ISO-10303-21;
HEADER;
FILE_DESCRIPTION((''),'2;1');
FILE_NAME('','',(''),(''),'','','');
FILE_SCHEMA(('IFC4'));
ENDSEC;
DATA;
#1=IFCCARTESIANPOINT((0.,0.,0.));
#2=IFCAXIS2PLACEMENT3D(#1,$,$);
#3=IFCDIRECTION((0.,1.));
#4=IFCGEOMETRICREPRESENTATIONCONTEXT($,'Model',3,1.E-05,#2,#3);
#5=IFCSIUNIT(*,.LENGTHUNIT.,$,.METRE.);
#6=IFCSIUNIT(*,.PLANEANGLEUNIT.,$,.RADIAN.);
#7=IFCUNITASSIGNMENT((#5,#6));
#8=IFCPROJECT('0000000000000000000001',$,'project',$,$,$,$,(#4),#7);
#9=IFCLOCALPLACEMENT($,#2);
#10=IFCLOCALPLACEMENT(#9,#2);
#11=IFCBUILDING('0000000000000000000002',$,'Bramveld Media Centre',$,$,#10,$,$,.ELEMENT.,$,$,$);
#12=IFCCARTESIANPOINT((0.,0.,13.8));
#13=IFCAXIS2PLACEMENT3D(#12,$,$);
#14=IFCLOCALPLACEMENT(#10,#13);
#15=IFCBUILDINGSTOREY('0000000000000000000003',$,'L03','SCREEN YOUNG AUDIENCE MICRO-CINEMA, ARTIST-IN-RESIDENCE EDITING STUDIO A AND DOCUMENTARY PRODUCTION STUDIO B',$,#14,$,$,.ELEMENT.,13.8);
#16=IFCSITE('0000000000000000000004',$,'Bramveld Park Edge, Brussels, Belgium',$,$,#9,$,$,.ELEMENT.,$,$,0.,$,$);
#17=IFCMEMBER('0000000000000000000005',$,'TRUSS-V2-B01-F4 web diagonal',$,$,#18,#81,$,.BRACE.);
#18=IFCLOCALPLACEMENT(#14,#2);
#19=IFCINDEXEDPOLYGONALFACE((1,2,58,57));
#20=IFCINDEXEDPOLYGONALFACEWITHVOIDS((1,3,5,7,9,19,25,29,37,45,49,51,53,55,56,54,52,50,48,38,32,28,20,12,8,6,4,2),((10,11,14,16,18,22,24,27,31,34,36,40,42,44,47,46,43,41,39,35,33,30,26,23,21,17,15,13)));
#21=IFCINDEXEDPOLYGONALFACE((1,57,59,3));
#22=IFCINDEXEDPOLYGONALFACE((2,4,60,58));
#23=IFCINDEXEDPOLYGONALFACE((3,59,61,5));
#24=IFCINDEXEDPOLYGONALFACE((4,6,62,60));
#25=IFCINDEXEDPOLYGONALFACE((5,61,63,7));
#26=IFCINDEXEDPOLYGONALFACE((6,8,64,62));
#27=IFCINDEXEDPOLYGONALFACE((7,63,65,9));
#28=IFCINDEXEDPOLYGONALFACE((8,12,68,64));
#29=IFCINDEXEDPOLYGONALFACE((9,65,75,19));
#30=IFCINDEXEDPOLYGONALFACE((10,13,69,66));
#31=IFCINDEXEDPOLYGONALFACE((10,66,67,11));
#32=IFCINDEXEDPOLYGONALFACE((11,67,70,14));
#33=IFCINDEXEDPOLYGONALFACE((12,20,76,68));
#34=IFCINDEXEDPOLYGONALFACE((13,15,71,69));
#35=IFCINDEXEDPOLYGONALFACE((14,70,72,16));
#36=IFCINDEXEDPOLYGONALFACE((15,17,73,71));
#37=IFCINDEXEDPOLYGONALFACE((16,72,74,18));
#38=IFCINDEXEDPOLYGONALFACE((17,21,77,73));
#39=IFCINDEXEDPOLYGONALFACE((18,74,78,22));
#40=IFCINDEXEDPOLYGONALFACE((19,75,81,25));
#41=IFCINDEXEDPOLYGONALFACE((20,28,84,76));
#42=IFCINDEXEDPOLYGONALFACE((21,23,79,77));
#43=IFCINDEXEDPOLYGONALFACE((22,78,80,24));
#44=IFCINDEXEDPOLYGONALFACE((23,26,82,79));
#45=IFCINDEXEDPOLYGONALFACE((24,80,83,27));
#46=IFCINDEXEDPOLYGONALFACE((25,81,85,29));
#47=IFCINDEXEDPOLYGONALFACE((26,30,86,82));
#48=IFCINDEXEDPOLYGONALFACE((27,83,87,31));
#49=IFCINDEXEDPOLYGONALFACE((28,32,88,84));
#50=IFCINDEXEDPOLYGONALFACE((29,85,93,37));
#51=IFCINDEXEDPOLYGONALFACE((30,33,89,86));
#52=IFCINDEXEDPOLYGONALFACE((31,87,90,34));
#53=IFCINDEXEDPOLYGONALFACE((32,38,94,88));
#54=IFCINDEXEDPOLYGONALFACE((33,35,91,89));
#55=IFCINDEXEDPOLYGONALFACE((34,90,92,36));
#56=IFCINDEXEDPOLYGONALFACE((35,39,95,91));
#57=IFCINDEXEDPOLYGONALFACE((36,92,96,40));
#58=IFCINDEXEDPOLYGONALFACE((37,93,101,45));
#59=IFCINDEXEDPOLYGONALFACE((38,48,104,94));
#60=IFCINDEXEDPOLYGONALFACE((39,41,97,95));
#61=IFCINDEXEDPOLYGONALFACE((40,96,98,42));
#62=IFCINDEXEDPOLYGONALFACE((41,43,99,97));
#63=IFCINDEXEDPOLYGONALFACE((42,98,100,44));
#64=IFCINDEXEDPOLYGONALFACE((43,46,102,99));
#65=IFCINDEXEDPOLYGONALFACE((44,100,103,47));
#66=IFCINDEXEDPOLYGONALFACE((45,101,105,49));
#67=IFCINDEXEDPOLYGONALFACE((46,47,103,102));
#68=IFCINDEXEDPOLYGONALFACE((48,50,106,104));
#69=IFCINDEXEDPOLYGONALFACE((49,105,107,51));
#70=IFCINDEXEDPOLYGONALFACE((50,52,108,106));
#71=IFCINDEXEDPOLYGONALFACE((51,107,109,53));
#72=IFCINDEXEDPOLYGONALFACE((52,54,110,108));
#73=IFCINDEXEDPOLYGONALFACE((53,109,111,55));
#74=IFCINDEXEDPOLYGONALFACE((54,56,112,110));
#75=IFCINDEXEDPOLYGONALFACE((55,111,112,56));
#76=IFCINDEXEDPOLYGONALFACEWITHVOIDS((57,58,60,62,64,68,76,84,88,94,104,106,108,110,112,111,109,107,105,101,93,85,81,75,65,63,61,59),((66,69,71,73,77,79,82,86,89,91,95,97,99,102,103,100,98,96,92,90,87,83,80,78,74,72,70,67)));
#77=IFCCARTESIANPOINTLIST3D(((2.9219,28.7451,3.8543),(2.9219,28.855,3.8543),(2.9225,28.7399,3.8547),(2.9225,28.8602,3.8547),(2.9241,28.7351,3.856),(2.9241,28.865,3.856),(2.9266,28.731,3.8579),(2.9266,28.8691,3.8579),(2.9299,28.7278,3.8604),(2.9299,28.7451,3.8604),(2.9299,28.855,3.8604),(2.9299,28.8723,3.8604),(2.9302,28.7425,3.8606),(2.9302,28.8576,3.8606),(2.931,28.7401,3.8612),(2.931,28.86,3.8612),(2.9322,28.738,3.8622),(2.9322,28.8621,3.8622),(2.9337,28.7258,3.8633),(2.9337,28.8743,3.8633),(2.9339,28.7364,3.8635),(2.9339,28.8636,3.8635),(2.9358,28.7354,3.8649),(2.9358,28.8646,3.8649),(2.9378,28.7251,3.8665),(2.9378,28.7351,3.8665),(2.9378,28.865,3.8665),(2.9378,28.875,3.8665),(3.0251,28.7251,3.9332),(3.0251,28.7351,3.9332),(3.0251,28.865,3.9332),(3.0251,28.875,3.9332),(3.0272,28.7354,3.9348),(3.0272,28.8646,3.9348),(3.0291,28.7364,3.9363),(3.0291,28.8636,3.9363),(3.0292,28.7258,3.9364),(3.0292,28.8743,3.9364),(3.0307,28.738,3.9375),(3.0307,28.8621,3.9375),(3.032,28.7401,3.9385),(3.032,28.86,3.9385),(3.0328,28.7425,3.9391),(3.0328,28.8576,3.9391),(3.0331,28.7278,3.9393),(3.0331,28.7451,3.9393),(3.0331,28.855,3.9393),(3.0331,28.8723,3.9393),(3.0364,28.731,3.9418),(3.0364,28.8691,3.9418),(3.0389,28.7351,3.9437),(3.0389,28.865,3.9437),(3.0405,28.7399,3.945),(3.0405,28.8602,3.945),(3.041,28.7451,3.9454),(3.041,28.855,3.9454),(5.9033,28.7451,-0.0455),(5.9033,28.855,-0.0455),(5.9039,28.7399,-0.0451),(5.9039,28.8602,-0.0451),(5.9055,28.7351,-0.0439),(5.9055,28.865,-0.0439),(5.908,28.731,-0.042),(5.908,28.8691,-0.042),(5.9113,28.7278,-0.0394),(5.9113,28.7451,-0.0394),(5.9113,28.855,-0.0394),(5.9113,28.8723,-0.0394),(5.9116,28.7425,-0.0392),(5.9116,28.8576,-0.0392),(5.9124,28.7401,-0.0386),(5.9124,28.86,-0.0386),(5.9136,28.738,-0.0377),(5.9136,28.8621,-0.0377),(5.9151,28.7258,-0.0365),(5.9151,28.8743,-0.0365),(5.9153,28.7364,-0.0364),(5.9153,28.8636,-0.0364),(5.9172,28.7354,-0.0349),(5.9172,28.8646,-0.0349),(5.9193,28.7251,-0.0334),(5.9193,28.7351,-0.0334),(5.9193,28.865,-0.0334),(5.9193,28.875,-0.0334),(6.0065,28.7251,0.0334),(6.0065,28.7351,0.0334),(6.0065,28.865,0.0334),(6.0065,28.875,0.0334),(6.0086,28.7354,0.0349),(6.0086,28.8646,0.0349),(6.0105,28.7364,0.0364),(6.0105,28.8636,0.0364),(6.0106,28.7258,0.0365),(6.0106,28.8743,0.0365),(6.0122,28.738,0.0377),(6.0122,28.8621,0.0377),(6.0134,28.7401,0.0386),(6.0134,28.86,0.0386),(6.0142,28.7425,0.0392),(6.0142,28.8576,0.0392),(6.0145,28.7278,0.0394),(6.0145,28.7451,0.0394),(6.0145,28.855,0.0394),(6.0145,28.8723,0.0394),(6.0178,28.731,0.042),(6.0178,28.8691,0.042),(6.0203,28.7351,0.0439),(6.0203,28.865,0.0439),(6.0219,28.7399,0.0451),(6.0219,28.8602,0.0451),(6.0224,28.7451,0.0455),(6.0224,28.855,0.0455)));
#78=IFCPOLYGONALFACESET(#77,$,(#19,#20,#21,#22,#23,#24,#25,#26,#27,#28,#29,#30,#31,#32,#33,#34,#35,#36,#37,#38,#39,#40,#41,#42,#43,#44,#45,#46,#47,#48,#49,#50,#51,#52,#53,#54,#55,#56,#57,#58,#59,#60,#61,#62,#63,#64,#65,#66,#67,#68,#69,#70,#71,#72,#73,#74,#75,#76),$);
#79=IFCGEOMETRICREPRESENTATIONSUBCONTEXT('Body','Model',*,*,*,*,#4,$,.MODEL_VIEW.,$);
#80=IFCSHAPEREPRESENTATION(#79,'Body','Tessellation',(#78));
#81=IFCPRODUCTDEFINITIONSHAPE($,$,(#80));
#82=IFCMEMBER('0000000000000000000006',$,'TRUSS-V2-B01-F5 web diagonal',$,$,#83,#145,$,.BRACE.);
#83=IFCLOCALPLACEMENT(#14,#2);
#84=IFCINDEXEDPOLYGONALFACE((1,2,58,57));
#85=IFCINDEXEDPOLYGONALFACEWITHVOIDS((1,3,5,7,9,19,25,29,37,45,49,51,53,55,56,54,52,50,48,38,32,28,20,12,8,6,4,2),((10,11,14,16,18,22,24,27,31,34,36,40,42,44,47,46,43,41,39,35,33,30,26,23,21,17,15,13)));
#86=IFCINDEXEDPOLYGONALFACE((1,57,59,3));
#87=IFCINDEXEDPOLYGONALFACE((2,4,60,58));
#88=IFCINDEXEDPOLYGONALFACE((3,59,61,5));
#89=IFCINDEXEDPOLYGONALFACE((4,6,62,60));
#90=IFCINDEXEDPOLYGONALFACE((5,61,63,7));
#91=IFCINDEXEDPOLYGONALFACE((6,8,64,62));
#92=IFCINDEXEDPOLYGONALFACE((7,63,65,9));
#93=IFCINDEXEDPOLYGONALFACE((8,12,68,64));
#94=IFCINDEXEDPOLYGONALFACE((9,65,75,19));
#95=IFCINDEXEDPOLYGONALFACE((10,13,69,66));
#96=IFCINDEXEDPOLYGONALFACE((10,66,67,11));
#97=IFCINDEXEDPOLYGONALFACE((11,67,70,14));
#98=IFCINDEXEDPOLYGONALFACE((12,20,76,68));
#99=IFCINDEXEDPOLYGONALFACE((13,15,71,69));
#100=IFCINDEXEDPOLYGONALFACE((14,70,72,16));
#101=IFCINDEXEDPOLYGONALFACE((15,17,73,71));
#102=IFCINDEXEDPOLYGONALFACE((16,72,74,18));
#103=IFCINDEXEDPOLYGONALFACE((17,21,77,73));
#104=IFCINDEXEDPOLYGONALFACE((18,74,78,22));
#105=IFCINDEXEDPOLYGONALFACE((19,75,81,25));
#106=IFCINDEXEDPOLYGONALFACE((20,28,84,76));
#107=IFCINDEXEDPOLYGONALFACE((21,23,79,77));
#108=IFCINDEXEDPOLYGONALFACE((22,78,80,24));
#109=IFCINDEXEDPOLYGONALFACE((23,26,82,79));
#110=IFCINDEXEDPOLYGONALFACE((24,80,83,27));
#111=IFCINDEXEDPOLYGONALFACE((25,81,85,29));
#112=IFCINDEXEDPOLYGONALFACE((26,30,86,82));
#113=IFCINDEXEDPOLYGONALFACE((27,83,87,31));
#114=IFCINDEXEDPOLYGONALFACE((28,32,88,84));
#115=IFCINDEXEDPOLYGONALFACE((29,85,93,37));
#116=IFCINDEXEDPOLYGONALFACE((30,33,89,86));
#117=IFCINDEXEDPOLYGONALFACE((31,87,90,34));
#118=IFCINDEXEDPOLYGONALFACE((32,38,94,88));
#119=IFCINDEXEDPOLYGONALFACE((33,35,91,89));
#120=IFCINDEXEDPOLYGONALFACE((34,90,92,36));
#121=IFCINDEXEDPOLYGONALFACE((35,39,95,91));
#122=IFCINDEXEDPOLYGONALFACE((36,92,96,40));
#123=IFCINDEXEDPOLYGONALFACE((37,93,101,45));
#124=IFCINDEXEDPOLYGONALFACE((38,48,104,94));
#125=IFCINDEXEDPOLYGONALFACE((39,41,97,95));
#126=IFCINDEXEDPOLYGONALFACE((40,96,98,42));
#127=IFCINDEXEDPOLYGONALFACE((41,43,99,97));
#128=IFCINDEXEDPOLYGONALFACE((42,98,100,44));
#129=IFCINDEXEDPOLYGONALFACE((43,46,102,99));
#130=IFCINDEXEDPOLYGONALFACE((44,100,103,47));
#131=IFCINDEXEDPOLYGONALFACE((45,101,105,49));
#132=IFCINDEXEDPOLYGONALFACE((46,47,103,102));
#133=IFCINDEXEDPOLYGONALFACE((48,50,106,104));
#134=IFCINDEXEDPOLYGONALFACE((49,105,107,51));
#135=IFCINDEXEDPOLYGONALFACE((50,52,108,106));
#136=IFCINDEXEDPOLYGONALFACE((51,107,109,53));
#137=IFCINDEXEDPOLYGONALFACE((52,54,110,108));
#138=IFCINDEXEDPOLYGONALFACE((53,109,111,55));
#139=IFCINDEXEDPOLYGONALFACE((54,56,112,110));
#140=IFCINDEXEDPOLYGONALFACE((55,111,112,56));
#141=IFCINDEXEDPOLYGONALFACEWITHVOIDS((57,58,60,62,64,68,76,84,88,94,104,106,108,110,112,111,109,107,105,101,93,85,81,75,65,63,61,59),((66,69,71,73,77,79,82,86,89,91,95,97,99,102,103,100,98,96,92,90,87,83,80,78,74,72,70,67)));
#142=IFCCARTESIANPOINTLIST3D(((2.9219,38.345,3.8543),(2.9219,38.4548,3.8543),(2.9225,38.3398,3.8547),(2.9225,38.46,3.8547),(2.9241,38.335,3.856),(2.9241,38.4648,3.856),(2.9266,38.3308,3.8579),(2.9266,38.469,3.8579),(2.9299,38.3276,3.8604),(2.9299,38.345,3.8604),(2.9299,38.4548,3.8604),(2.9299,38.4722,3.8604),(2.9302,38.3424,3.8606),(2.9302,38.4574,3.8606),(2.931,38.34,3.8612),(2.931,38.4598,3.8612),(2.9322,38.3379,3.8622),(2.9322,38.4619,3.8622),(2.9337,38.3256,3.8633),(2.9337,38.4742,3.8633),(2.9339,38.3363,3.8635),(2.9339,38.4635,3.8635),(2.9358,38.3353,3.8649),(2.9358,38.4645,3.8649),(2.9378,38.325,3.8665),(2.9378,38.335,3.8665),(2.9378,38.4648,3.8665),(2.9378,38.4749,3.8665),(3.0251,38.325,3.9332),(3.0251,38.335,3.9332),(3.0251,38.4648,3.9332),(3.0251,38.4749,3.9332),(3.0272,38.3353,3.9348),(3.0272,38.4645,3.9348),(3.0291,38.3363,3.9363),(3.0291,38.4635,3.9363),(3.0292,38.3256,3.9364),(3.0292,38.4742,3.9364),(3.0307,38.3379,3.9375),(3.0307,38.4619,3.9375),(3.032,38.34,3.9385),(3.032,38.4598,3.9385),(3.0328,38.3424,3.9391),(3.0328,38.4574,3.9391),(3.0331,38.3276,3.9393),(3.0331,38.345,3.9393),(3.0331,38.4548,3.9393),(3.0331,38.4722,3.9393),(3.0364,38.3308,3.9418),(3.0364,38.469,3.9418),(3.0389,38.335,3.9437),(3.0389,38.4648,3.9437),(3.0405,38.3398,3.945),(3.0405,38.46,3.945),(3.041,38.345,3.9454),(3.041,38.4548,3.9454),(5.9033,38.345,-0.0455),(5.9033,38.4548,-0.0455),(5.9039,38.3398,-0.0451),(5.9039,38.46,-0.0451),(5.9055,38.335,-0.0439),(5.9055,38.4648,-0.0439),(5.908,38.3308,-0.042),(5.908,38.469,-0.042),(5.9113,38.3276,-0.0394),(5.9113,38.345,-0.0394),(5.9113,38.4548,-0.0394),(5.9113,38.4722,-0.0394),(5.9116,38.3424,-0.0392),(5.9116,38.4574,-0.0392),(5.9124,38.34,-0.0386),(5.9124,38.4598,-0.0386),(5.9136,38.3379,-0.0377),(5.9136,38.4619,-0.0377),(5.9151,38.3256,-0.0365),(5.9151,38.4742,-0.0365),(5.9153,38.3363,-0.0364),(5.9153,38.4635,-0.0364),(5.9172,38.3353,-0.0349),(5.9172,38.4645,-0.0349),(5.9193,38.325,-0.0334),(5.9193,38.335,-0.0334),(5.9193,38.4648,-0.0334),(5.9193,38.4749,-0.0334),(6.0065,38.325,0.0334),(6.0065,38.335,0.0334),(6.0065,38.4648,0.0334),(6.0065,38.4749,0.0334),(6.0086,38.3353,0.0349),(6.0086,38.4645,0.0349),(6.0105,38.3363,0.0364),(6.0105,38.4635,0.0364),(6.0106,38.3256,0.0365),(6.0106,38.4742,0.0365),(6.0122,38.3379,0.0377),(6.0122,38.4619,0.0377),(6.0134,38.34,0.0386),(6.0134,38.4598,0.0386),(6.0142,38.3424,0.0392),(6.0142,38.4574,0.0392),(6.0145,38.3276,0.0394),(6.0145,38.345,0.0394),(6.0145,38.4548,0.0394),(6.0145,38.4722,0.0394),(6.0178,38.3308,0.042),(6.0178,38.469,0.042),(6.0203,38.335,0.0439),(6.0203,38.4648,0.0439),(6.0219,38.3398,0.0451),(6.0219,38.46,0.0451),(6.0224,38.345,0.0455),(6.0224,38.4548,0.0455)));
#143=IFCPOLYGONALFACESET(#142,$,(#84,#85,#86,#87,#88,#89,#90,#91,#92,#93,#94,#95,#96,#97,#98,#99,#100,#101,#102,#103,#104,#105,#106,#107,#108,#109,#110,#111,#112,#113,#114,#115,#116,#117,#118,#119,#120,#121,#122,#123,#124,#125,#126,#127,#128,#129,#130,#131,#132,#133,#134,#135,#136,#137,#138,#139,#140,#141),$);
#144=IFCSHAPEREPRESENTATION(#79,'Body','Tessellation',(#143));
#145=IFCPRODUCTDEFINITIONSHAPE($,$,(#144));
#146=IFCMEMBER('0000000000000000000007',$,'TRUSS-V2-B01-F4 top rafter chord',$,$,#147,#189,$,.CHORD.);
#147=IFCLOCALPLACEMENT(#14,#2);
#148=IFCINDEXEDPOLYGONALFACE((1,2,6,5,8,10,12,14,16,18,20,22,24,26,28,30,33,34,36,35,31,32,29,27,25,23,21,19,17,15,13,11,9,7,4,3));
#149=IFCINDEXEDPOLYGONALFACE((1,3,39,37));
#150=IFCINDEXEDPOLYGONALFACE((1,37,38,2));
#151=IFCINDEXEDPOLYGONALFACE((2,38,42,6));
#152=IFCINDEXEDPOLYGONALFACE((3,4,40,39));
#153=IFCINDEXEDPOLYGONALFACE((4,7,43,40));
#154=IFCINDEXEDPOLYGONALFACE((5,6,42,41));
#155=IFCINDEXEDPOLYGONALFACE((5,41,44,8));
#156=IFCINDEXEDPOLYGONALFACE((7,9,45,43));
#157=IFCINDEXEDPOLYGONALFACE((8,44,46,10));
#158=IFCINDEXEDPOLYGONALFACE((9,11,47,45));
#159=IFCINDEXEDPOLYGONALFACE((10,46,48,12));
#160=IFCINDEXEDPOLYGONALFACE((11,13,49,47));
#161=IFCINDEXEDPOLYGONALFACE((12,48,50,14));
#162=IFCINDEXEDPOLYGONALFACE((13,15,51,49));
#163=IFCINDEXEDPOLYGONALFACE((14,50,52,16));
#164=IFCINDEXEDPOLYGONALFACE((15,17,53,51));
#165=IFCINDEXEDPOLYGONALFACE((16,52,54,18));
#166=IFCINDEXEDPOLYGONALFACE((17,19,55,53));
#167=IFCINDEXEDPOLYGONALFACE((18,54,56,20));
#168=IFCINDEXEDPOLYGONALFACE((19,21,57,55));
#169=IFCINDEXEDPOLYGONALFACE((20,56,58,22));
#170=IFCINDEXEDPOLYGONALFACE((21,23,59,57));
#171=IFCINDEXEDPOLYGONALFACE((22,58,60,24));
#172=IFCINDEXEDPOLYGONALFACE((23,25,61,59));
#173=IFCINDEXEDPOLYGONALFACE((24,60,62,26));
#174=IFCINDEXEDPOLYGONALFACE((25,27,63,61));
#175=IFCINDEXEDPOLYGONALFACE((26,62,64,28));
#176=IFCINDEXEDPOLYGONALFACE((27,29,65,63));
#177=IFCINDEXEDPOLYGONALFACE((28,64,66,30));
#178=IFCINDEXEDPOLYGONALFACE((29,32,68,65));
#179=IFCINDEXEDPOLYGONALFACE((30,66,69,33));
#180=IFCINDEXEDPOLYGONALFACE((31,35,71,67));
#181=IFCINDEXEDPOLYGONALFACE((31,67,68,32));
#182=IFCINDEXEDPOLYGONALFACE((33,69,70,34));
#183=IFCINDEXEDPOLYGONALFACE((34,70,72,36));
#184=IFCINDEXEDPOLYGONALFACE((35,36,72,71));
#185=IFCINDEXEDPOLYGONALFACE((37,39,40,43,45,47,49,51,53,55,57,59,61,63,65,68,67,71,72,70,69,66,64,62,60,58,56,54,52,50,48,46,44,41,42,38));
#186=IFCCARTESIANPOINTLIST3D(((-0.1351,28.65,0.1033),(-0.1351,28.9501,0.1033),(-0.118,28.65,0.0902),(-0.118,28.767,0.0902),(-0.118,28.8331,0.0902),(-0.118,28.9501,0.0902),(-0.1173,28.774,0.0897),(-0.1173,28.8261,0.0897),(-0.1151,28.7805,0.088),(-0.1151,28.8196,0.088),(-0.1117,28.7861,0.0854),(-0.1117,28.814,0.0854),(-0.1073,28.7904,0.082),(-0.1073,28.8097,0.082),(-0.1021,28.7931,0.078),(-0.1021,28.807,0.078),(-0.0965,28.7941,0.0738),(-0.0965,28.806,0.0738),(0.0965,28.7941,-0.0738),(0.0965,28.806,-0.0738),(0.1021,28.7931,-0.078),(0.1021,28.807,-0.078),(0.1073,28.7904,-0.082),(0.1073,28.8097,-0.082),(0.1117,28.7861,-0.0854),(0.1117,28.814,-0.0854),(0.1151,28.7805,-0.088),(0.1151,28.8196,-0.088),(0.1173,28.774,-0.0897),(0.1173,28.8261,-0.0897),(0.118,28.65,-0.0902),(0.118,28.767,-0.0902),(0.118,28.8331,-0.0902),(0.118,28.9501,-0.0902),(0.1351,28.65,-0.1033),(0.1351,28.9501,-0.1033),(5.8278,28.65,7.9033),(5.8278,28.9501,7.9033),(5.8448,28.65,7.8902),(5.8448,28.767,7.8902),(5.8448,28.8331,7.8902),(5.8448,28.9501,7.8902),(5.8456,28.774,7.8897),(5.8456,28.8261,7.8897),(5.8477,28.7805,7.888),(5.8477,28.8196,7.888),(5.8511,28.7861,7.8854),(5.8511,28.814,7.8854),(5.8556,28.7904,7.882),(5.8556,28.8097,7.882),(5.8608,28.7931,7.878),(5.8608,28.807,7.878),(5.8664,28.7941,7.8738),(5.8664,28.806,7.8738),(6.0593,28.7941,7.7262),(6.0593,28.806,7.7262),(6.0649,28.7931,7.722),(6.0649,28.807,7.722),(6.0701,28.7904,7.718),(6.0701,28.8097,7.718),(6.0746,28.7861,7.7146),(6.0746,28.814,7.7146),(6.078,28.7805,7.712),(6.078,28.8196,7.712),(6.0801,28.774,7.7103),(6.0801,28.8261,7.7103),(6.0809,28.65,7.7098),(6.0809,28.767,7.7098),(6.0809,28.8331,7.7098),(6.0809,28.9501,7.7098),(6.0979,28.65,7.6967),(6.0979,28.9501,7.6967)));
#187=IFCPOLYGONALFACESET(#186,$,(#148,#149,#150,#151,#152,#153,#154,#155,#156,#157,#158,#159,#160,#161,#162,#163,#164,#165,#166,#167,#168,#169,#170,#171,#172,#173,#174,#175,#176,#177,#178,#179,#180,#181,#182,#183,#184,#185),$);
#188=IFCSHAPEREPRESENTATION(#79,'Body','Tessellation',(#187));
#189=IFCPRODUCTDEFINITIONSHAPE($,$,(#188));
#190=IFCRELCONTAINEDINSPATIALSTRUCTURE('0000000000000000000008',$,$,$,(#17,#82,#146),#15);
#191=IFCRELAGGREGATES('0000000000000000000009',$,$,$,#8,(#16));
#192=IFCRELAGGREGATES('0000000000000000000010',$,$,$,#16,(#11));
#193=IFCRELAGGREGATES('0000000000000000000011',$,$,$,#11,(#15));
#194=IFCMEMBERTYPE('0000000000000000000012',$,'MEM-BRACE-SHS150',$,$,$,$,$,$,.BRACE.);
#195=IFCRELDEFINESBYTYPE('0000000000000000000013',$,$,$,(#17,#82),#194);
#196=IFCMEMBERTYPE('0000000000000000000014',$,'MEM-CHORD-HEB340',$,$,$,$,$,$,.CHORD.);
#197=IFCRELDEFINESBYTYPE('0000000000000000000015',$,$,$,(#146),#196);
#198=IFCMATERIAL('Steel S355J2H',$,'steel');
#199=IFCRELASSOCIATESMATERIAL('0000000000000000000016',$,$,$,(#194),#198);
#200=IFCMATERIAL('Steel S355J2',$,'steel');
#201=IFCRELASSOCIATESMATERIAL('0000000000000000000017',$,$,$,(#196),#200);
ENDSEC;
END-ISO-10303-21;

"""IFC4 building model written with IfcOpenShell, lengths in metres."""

from ifc_helpers import new_model, si_unit, direction, frame, origin, origin_2d, place, context, subcontext, project, spatial, hollow_rectangle, i_section, extrude, material, material_profile, profile_set, type_object, element, save


model = new_model("IFC4")

# Units and contexts
model_context = context("Model", 3, precision=1e-05, world=origin(), true_north=direction((0.0, 1.0)))
body_context = subcontext(model_context, "Body", "Model", "MODEL_VIEW")
ifc_project = project(units=[si_unit("LENGTHUNIT", "METRE"), si_unit("PLANEANGLEUNIT", "RADIAN")], contexts=[model_context])

# Site, building, storey
site_placement = place(None, origin())
site = spatial("IfcSite", under=ifc_project, at=site_placement, Name="Bramveld Park Edge, Brussels, Belgium", CompositionType="ELEMENT", RefElevation=0.0)
building_placement = place(site_placement, origin())
building = spatial("IfcBuilding", under=site, at=building_placement, Name="Bramveld Media Centre", CompositionType="ELEMENT")
storey_placement = place(building_placement, frame((0.0, 0.0, 13.8)))
storey = spatial("IfcBuildingStorey", under=building, at=storey_placement, Name="L03", Description="SCREEN YOUNG AUDIENCE MICRO-CINEMA, ARTIST-IN-RESIDENCE EDITING STUDIO A AND DOCUMENTARY PRODUCTION STUDIO B", CompositionType="ELEMENT", Elevation=13.8)

# Members
ifc_material_1 = material(Name="Steel S355J2H", Category="steel")
ifc_material_profile_1 = material_profile(ifc_material_1, hollow_rectangle(XDim=0.1499, YDim=0.1499, WallThickness=0.01, InnerFilletRadius=0.01, OuterFilletRadius=0.02, at=origin_2d()), Name="SHS 150x150x10")
ifc_profile_set_1 = profile_set([ifc_material_profile_1], Name="Steel S355J2H")
member_type_1 = type_object("IfcMemberType", Name="MEM-BRACE-SHS150", PredefinedType="BRACE", material=ifc_profile_set_1)
for number, where, z_axis, x_axis, name in (
    (1, (5.9629, 28.8, 0.0), (-0.607343, 0.0, 0.79444), (0.0, -1.0, 0.0), "TRUSS-V2-B01-F4 web diagonal"),
    (2, (5.9629, 38.3999, 0.0), (-0.607343, 0.0, 0.79444), (0.0, -1.0, 0.0), "TRUSS-V2-B01-F5 web diagonal"),
):
    element("IfcMember", number, at=place(storey_placement, frame(where, z_axis=z_axis, x_axis=x_axis)), inside=storey, type_object=member_type_1, Name=name, PredefinedType="BRACE", context=body_context, shape_type="SweptSolid", body=[
        extrude(hollow_rectangle(XDim=0.1499, YDim=0.1499, WallThickness=0.01, InnerFilletRadius=0.01, OuterFilletRadius=0.02, at=origin_2d()), origin(), (0.0, 0.0, 1.0), 4.9089),
    ])
ifc_material_2 = material(Name="Steel S355J2", Category="steel")
ifc_material_profile_2 = material_profile(ifc_material_2, i_section(OverallWidth=0.3, OverallDepth=0.3401, WebThickness=0.012, FlangeThickness=0.0215, FilletRadius=0.0271, at=origin_2d()), Name="HEB 340")
ifc_profile_set_2 = profile_set([ifc_material_profile_2], Name="Steel S355J2")
member_type_2 = type_object("IfcMemberType", Name="MEM-CHORD-HEB340", PredefinedType="CHORD", material=ifc_profile_set_2)
for number, where, z_axis, x_axis, name in (
    (3, (0.0, 28.8, 0.0), (0.607331, 0.0, 0.794449), (0.0, 1.0, 0.0), "TRUSS-V2-B01-F4 top rafter chord"),
):
    element("IfcMember", number, at=place(storey_placement, frame(where, z_axis=z_axis, x_axis=x_axis)), inside=storey, type_object=member_type_2, Name=name, PredefinedType="CHORD", context=body_context, shape_type="SweptSolid", body=[
        extrude(i_section(OverallWidth=0.3, OverallDepth=0.3401, WebThickness=0.012, FlangeThickness=0.0215, FilletRadius=0.0271, at=origin_2d()), origin(), (0.0, 0.0, 1.0), 9.8181),
    ])

save(model, "model.ifc")
